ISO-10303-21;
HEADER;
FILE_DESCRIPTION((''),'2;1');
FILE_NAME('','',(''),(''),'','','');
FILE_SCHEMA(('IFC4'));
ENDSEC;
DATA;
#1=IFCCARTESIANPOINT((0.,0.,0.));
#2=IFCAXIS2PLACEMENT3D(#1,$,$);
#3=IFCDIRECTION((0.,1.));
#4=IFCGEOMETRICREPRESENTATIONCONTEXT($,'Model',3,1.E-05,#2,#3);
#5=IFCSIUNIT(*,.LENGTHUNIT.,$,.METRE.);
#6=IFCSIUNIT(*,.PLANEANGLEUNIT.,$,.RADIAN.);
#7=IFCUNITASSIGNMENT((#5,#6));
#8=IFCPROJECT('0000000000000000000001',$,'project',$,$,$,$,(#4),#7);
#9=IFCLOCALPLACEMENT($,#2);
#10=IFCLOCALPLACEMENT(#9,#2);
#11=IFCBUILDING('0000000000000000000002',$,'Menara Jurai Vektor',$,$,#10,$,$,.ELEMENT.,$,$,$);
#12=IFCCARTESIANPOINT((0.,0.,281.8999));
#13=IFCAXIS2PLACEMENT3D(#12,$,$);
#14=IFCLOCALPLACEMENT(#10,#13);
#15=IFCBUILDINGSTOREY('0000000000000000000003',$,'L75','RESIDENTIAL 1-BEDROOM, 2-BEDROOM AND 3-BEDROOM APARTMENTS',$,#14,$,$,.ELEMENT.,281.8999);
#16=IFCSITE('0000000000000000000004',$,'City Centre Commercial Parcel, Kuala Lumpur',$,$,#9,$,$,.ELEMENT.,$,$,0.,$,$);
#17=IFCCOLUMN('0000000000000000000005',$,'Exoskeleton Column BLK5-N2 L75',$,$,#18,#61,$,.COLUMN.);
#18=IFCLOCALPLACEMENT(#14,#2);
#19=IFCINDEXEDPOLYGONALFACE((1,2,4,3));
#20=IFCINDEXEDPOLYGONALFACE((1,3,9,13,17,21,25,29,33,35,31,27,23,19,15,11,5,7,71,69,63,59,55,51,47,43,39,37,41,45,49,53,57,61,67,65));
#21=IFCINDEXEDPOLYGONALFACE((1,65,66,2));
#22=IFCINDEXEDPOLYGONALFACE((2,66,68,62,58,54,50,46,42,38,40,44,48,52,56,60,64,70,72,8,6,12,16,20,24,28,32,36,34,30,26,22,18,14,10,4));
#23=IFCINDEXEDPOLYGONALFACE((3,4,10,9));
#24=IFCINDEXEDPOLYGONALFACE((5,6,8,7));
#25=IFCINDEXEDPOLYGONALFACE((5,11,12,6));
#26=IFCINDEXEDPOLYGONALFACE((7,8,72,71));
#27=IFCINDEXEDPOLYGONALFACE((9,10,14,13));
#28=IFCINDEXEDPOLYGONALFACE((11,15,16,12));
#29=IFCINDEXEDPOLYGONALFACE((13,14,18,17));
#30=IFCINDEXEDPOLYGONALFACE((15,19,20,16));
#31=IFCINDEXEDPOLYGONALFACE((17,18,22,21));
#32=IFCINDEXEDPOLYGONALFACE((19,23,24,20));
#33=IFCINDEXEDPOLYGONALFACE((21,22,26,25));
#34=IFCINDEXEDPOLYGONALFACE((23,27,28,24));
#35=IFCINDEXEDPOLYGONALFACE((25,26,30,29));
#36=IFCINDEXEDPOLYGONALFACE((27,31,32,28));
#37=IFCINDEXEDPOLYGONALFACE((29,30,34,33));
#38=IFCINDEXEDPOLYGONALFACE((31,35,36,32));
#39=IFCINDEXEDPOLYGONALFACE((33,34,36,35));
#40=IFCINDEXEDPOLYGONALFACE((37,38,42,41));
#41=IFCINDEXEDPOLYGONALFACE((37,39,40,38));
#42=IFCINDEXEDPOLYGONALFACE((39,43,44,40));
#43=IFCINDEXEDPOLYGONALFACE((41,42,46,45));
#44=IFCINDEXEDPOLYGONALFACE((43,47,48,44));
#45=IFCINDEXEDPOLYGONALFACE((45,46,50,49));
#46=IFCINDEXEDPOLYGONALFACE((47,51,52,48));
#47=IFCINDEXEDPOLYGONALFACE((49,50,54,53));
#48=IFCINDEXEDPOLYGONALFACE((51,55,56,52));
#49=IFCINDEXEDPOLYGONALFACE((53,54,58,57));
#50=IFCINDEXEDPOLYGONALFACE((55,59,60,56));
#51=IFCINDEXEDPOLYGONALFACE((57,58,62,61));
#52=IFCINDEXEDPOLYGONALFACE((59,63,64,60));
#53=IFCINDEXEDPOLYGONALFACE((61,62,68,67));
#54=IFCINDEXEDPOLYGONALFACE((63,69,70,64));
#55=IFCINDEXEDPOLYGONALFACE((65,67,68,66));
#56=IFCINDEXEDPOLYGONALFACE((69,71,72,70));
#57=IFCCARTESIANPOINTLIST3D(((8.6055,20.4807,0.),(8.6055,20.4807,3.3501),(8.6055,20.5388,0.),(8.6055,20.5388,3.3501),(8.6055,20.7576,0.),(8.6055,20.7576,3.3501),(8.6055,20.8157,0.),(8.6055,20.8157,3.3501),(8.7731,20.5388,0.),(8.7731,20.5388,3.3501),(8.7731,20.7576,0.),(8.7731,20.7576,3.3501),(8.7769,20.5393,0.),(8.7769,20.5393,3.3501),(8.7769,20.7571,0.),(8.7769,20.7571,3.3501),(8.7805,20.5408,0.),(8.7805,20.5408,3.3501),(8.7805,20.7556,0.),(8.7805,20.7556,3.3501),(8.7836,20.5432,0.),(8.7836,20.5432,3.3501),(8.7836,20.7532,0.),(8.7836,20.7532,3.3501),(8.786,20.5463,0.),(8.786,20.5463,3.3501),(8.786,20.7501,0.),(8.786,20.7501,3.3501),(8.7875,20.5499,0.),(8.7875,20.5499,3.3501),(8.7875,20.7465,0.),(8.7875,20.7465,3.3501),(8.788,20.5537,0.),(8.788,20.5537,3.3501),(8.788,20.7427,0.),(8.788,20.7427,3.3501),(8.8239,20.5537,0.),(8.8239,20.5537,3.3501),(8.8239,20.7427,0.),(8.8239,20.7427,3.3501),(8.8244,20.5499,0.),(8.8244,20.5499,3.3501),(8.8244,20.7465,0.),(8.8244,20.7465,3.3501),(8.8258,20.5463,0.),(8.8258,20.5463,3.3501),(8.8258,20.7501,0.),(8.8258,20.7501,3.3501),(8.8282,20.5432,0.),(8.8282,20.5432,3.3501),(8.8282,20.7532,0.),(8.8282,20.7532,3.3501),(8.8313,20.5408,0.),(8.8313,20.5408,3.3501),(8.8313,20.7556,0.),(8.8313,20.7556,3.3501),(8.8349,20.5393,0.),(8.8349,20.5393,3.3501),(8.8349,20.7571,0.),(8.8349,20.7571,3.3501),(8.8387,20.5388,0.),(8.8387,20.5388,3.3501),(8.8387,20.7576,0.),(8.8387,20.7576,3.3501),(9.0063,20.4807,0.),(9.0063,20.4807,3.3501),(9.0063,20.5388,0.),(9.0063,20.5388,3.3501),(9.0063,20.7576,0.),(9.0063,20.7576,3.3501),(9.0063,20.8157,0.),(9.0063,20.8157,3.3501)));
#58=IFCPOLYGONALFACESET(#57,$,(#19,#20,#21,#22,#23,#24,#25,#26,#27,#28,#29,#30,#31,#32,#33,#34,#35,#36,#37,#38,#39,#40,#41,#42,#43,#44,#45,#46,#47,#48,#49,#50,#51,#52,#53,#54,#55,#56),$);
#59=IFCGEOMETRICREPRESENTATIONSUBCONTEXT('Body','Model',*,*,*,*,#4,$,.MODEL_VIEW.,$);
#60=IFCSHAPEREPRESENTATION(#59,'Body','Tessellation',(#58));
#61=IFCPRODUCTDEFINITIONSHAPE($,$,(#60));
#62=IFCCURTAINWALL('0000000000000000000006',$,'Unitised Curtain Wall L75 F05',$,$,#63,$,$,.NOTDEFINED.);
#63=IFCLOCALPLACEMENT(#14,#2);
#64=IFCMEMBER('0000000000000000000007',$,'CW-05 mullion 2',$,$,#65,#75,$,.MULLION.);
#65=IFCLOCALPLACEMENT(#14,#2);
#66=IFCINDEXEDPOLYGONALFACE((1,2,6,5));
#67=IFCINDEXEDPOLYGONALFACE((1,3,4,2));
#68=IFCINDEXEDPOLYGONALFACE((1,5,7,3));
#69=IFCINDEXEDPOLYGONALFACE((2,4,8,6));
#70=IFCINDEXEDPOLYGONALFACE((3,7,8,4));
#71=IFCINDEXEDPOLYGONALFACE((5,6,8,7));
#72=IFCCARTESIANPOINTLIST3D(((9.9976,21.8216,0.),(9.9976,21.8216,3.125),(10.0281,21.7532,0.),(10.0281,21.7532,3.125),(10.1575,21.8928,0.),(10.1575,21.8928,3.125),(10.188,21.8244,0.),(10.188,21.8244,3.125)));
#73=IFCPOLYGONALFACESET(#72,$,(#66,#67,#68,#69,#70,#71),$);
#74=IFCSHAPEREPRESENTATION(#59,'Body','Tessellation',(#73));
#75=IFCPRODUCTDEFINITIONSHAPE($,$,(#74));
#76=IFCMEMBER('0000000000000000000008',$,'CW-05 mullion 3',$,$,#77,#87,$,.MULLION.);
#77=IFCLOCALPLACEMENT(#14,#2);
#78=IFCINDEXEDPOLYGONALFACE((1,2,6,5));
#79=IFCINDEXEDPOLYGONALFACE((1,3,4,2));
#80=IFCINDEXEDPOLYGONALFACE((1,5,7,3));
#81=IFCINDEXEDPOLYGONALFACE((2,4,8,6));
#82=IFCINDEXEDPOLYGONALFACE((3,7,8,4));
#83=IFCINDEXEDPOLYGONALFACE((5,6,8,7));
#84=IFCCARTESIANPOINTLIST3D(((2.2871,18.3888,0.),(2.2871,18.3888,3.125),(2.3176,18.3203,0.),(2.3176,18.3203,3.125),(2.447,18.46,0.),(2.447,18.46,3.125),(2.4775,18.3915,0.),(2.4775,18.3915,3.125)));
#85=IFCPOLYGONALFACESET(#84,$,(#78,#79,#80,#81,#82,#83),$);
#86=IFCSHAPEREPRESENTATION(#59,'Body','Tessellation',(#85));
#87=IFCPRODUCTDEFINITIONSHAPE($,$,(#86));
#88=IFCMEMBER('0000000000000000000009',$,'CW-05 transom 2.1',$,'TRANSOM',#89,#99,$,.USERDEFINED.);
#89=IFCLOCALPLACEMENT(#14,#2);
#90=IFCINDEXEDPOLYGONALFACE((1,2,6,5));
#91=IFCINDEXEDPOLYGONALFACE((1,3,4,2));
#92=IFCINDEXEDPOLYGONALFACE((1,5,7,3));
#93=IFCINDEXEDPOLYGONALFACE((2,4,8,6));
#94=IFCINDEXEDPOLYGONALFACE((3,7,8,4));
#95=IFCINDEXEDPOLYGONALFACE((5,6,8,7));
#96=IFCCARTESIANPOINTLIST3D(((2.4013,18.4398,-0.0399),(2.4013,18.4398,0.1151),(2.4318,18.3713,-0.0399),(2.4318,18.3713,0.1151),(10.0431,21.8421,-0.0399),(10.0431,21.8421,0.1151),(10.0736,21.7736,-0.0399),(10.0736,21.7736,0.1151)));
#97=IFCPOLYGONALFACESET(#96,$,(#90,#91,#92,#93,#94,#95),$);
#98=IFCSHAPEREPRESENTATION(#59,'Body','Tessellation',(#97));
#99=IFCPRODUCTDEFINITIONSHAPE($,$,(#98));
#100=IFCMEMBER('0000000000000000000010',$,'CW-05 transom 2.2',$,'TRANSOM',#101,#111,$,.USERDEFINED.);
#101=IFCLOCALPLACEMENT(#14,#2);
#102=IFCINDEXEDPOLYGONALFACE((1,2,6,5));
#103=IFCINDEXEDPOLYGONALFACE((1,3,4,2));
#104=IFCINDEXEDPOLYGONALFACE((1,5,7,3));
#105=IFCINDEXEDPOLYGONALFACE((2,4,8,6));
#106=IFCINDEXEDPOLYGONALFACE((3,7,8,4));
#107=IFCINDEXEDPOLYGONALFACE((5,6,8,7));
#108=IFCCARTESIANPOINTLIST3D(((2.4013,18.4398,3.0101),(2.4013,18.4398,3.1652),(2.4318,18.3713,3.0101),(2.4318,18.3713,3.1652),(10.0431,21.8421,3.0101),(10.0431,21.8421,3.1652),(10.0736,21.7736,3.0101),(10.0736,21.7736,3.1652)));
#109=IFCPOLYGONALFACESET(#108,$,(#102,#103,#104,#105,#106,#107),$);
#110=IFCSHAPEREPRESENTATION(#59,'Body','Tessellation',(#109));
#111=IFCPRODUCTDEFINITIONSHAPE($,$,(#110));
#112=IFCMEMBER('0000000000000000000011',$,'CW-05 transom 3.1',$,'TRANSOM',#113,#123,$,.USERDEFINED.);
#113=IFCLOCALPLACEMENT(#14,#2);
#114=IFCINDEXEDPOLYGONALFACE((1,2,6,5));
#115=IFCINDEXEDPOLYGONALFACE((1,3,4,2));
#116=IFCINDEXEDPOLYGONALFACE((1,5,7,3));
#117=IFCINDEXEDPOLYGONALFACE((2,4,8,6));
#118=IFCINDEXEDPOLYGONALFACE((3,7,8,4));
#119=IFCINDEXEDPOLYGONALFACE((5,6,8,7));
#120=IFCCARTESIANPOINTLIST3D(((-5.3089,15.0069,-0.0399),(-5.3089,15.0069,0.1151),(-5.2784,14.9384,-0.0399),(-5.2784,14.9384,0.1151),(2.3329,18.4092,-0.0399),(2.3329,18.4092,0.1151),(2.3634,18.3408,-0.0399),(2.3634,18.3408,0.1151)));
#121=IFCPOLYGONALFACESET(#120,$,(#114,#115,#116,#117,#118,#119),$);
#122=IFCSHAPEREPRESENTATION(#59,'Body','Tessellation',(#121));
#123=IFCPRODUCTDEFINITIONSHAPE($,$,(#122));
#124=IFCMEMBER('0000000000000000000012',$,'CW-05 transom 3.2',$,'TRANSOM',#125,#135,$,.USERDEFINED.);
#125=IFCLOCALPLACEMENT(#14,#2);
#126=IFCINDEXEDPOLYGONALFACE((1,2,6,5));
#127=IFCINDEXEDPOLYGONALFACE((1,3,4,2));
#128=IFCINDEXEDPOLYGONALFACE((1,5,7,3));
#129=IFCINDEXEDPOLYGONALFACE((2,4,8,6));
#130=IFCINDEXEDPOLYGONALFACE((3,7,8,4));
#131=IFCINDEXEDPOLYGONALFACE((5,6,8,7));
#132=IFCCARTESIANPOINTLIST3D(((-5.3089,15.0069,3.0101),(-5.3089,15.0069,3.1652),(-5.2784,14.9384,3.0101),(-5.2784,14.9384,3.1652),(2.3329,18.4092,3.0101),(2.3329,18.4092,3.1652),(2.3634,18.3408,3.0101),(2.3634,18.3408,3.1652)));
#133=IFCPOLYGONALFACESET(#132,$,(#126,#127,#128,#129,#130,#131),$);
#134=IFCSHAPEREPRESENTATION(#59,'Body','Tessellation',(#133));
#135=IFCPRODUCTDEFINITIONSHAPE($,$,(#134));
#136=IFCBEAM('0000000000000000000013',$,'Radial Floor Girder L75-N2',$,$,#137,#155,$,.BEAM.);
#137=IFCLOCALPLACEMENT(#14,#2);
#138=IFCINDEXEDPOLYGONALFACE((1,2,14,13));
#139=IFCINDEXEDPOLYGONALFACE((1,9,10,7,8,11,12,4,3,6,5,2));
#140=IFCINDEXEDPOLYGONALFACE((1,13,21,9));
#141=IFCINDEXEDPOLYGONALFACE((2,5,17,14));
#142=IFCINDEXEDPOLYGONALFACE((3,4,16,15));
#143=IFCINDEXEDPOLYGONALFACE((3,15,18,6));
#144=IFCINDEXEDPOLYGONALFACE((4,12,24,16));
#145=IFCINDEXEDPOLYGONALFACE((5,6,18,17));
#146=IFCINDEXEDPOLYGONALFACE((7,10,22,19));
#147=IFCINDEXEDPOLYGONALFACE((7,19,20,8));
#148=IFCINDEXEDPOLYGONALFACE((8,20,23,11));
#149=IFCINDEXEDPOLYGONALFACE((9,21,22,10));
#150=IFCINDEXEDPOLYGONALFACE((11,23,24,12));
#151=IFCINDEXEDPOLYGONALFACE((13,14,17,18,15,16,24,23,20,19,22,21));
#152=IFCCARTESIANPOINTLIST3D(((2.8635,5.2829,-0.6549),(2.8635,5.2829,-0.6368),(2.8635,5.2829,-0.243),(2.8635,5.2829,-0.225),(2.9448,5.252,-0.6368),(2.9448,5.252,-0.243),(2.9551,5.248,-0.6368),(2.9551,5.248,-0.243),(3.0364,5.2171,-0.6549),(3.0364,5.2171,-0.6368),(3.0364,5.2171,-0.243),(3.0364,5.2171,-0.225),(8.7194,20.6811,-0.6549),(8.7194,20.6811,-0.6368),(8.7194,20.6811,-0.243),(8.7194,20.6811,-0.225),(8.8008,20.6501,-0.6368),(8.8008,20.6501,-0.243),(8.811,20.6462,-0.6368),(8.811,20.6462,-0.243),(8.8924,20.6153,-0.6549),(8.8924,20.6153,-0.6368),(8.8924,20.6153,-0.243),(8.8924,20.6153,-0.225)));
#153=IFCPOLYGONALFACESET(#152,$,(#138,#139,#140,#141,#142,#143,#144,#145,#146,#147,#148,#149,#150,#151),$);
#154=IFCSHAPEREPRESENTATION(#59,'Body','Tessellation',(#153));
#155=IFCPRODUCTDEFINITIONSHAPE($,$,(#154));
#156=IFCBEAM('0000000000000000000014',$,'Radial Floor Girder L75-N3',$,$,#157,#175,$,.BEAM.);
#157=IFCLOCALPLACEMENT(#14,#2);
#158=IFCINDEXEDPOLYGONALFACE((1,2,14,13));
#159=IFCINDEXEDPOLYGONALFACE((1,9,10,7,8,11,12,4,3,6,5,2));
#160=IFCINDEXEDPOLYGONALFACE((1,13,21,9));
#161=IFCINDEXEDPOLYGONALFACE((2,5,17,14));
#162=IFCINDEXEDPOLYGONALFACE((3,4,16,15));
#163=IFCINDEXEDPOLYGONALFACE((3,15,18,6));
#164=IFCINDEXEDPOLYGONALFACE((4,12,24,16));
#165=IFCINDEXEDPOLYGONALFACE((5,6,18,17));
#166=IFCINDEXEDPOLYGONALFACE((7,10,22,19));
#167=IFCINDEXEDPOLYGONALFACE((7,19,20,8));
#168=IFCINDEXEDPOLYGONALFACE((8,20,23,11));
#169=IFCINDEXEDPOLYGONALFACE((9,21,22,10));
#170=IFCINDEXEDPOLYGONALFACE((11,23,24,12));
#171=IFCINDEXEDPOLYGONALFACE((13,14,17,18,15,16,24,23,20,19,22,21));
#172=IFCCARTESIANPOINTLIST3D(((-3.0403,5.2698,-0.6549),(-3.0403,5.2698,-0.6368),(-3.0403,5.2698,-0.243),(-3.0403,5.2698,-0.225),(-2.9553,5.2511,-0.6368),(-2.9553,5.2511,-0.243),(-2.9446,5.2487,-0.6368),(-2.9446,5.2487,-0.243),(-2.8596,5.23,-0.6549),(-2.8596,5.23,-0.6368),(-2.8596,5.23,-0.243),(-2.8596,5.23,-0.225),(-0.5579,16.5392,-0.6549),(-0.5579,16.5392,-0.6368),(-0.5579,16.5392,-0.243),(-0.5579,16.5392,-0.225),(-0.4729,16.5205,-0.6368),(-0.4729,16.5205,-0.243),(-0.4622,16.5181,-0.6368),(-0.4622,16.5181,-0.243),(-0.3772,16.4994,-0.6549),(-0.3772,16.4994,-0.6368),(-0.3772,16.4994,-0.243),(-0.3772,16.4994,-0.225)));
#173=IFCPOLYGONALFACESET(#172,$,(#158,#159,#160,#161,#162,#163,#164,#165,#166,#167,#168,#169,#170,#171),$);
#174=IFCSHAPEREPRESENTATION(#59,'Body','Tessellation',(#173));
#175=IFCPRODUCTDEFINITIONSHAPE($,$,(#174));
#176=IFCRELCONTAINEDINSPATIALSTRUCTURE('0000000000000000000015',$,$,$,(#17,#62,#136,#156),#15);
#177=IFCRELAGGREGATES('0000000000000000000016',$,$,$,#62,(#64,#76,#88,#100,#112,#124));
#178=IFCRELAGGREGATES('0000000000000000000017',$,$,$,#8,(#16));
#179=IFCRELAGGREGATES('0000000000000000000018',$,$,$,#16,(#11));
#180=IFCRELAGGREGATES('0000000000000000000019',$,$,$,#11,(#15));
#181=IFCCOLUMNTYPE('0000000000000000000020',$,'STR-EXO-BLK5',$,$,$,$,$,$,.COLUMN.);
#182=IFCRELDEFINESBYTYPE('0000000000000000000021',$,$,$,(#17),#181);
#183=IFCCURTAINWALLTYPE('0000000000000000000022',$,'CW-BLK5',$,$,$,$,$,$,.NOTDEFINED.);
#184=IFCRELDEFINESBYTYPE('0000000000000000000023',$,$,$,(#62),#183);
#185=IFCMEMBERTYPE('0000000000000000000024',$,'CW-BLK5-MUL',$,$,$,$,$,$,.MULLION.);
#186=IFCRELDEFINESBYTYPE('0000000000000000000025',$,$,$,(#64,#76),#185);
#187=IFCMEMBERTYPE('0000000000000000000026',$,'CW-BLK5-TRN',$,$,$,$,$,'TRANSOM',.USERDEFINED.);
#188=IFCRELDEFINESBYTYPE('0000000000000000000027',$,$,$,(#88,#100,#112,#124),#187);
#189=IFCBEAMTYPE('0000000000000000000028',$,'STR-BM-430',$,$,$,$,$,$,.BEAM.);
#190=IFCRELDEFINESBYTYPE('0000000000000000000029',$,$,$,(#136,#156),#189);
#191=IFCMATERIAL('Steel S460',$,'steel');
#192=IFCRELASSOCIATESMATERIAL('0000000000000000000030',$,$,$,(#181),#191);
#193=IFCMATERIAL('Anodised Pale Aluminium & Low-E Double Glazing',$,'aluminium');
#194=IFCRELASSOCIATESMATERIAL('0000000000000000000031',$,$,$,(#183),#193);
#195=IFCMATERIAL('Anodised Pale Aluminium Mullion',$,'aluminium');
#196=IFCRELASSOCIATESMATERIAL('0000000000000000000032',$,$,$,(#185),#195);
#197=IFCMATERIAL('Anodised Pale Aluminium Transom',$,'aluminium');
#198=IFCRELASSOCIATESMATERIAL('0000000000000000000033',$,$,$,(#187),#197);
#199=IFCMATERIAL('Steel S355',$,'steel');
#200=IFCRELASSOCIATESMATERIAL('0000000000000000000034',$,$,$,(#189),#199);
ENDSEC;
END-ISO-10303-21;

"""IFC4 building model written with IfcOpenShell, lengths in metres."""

from ifc_helpers import new_model, si_unit, direction, frame, origin, origin_2d, place, context, subcontext, project, spatial, rectangle, i_section, extrude, material, material_profile, profile_set, type_object, element, aggregate, save


model = new_model("IFC4")

# Units and contexts
model_context = context("Model", 3, precision=1e-05, world=origin(), true_north=direction((0.0, 1.0)))
body_context = subcontext(model_context, "Body", "Model", "MODEL_VIEW")
ifc_project = project(units=[si_unit("LENGTHUNIT", "METRE"), si_unit("PLANEANGLEUNIT", "RADIAN")], contexts=[model_context])

# Site, building, storey
site_placement = place(None, origin())
site = spatial("IfcSite", under=ifc_project, at=site_placement, Name="City Centre Commercial Parcel, Kuala Lumpur", CompositionType="ELEMENT", RefElevation=0.0)
building_placement = place(site_placement, origin())
building = spatial("IfcBuilding", under=site, at=building_placement, Name="Menara Jurai Vektor", CompositionType="ELEMENT")
storey_placement = place(building_placement, frame((0.0, 0.0, 281.8999)))
storey = spatial("IfcBuildingStorey", under=building, at=storey_placement, Name="L75", Description="RESIDENTIAL 1-BEDROOM, 2-BEDROOM AND 3-BEDROOM APARTMENTS", CompositionType="ELEMENT", Elevation=281.8999)

# Column
ifc_material_1 = material(Name="Steel S460", Category="steel")
ifc_material_profile_1 = material_profile(ifc_material_1, i_section(OverallWidth=0.4009, OverallDepth=0.335, WebThickness=0.0359, FlangeThickness=0.0581, FilletRadius=0.0149, at=origin_2d()), Name="HD 400x463")
ifc_profile_set_1 = profile_set([ifc_material_profile_1], Name="Steel S460")
column_type = type_object("IfcColumnType", Name="STR-EXO-BLK5", PredefinedType="COLUMN", material=ifc_profile_set_1)
column_placement = place(storey_placement, frame((8.8059, 20.6482, 0.0), z_axis=(0.0, 0.0, 1.0), x_axis=(1.0, 0.0, 0.0)))
element("IfcColumn", 1, at=column_placement, inside=storey, type_object=column_type, Name="Exoskeleton Column BLK5-N2 L75", PredefinedType="COLUMN", context=body_context, shape_type="SweptSolid", body=[
    extrude(i_section(OverallWidth=0.4009, OverallDepth=0.335, WebThickness=0.0359, FlangeThickness=0.0581, FilletRadius=0.0149, at=origin_2d()), origin(), (0.0, 0.0, 1.0), 3.3501),
])

# Curtain wall, members
ifc_material_2 = material(Name="Anodised Pale Aluminium & Low-E Double Glazing", Category="aluminium")
curtain_wall_type = type_object("IfcCurtainWallType", Name="CW-BLK5", PredefinedType="NOTDEFINED", material=ifc_material_2)
curtain_wall_placement = place(storey_placement, origin())
curtain_wall = element("IfcCurtainWall", 2, at=curtain_wall_placement, inside=storey, type_object=curtain_wall_type, Name="Unitised Curtain Wall L75 F05", PredefinedType="NOTDEFINED")
ifc_material_3 = material(Name="Anodised Pale Aluminium Mullion", Category="aluminium")
ifc_material_profile_2 = material_profile(ifc_material_3, rectangle(XDim=0.075, YDim=0.175, at=origin_2d()), Name="ALU MUL 75x175")
ifc_profile_set_2 = profile_set([ifc_material_profile_2], Name="Anodised Pale Aluminium Mullion")
member_type_1 = type_object("IfcMemberType", Name="CW-BLK5-MUL", PredefinedType="MULLION", material=ifc_profile_set_2)
member_1_placement = place(storey_placement, frame((10.0928, 21.823, 0.0), z_axis=(0.0, 0.0, 1.0), x_axis=(0.406735, -0.913546, 0.0)))
member_1 = element("IfcMember", 3, at=member_1_placement, type_object=member_type_1, Name="CW-05 mullion 2", PredefinedType="MULLION", context=body_context, shape_type="SweptSolid", body=[
    extrude(rectangle(XDim=0.075, YDim=0.175, at=origin_2d()), origin(), (0.0, 0.0, 1.0), 3.125),
])
member_2_placement = place(storey_placement, frame((2.3823, 18.3901, 0.0), z_axis=(0.0, 0.0, 1.0), x_axis=(0.406735, -0.913546, 0.0)))
member_2 = element("IfcMember", 4, at=member_2_placement, type_object=member_type_1, Name="CW-05 mullion 3", PredefinedType="MULLION", context=body_context, shape_type="SweptSolid", body=[
    extrude(rectangle(XDim=0.075, YDim=0.175, at=origin_2d()), origin(), (0.0, 0.0, 1.0), 3.125),
])
ifc_material_4 = material(Name="Anodised Pale Aluminium Transom", Category="aluminium")
ifc_material_profile_3 = material_profile(ifc_material_4, rectangle(XDim=0.075, YDim=0.155, at=origin_2d()), Name="ALU TRN 75x155")
ifc_profile_set_3 = profile_set([ifc_material_profile_3], Name="Anodised Pale Aluminium Transom")
member_type_2 = type_object("IfcMemberType", Name="CW-BLK5-TRN", ElementType="TRANSOM", PredefinedType="USERDEFINED", material=ifc_profile_set_3)
member_3_placement = place(storey_placement, frame((10.0583, 21.8079, 0.0376), z_axis=(-0.913547, -0.406734, 0.0), x_axis=(0.406734, -0.913547, 0.0)))
member_3 = element("IfcMember", 5, at=member_3_placement, type_object=member_type_2, Name="CW-05 transom 2.1", ObjectType="TRANSOM", PredefinedType="USERDEFINED", context=body_context, shape_type="SweptSolid", body=[
    extrude(rectangle(XDim=0.075, YDim=0.155, at=origin_2d()), origin(), (0.0, 0.0, 1.0), 8.365),
])
member_4_placement = place(storey_placement, frame((10.0583, 21.8079, 3.0876), z_axis=(-0.913547, -0.406734, 0.0), x_axis=(0.406734, -0.913547, 0.0)))
member_4 = element("IfcMember", 6, at=member_4_placement, type_object=member_type_2, Name="CW-05 transom 2.2", ObjectType="TRANSOM", PredefinedType="USERDEFINED", context=body_context, shape_type="SweptSolid", body=[
    extrude(rectangle(XDim=0.075, YDim=0.155, at=origin_2d()), origin(), (0.0, 0.0, 1.0), 8.365),
])
member_5_placement = place(storey_placement, frame((2.3481, 18.375, 0.0376), z_axis=(-0.913547, -0.406734, 0.0), x_axis=(0.406734, -0.913547, 0.0)))
member_5 = element("IfcMember", 7, at=member_5_placement, type_object=member_type_2, Name="CW-05 transom 3.1", ObjectType="TRANSOM", PredefinedType="USERDEFINED", context=body_context, shape_type="SweptSolid", body=[
    extrude(rectangle(XDim=0.075, YDim=0.155, at=origin_2d()), origin(), (0.0, 0.0, 1.0), 8.365),
])
member_6_placement = place(storey_placement, frame((2.3481, 18.375, 3.0876), z_axis=(-0.913547, -0.406734, 0.0), x_axis=(0.406734, -0.913547, 0.0)))
member_6 = element("IfcMember", 8, at=member_6_placement, type_object=member_type_2, Name="CW-05 transom 3.2", ObjectType="TRANSOM", PredefinedType="USERDEFINED", context=body_context, shape_type="SweptSolid", body=[
    extrude(rectangle(XDim=0.075, YDim=0.155, at=origin_2d()), origin(), (0.0, 0.0, 1.0), 8.365),
])

# Beams
ifc_material_5 = material(Name="Steel S355", Category="steel")
ifc_material_profile_4 = material_profile(ifc_material_5, i_section(OverallWidth=0.1851, OverallDepth=0.4299, WebThickness=0.011, FlangeThickness=0.0181, at=origin_2d()), Name="PG 430x185x76")
ifc_profile_set_4 = profile_set([ifc_material_profile_4], Name="Steel S355")
beam_type_1 = type_object("IfcBeamType", Name="STR-BM-430", PredefinedType="BEAM", material=ifc_profile_set_4)
beam_1_placement = place(storey_placement, frame((8.8059, 20.6482, -0.4399), z_axis=(-0.355464, -0.93469, 0.0), x_axis=(0.93469, -0.355464, 0.0)))
element("IfcBeam", 9, at=beam_1_placement, inside=storey, type_object=beam_type_1, Name="Radial Floor Girder L75-N2", PredefinedType="BEAM", context=body_context, shape_type="SweptSolid", body=[
    extrude(i_section(OverallWidth=0.1851, OverallDepth=0.4299, WebThickness=0.011, FlangeThickness=0.0181, at=origin_2d()), origin(), (0.0, 0.0, 1.0), 16.4741),
])
beam_2_placement = place(storey_placement, frame((-0.4675, 16.5193, -0.4399), z_axis=(-0.215125, -0.976587, 0.0), x_axis=(0.976587, -0.215125, 0.0)))
element("IfcBeam", 10, at=beam_2_placement, inside=storey, type_object=beam_type_1, Name="Radial Floor Girder L75-N3", PredefinedType="BEAM", context=body_context, shape_type="SweptSolid", body=[
    extrude(i_section(OverallWidth=0.1851, OverallDepth=0.4299, WebThickness=0.011, FlangeThickness=0.0181, at=origin_2d()), origin(), (0.0, 0.0, 1.0), 11.5396),
])

aggregate(curtain_wall, [member_1, member_2, member_3, member_4, member_5, member_6])

save(model, "model.ifc")
